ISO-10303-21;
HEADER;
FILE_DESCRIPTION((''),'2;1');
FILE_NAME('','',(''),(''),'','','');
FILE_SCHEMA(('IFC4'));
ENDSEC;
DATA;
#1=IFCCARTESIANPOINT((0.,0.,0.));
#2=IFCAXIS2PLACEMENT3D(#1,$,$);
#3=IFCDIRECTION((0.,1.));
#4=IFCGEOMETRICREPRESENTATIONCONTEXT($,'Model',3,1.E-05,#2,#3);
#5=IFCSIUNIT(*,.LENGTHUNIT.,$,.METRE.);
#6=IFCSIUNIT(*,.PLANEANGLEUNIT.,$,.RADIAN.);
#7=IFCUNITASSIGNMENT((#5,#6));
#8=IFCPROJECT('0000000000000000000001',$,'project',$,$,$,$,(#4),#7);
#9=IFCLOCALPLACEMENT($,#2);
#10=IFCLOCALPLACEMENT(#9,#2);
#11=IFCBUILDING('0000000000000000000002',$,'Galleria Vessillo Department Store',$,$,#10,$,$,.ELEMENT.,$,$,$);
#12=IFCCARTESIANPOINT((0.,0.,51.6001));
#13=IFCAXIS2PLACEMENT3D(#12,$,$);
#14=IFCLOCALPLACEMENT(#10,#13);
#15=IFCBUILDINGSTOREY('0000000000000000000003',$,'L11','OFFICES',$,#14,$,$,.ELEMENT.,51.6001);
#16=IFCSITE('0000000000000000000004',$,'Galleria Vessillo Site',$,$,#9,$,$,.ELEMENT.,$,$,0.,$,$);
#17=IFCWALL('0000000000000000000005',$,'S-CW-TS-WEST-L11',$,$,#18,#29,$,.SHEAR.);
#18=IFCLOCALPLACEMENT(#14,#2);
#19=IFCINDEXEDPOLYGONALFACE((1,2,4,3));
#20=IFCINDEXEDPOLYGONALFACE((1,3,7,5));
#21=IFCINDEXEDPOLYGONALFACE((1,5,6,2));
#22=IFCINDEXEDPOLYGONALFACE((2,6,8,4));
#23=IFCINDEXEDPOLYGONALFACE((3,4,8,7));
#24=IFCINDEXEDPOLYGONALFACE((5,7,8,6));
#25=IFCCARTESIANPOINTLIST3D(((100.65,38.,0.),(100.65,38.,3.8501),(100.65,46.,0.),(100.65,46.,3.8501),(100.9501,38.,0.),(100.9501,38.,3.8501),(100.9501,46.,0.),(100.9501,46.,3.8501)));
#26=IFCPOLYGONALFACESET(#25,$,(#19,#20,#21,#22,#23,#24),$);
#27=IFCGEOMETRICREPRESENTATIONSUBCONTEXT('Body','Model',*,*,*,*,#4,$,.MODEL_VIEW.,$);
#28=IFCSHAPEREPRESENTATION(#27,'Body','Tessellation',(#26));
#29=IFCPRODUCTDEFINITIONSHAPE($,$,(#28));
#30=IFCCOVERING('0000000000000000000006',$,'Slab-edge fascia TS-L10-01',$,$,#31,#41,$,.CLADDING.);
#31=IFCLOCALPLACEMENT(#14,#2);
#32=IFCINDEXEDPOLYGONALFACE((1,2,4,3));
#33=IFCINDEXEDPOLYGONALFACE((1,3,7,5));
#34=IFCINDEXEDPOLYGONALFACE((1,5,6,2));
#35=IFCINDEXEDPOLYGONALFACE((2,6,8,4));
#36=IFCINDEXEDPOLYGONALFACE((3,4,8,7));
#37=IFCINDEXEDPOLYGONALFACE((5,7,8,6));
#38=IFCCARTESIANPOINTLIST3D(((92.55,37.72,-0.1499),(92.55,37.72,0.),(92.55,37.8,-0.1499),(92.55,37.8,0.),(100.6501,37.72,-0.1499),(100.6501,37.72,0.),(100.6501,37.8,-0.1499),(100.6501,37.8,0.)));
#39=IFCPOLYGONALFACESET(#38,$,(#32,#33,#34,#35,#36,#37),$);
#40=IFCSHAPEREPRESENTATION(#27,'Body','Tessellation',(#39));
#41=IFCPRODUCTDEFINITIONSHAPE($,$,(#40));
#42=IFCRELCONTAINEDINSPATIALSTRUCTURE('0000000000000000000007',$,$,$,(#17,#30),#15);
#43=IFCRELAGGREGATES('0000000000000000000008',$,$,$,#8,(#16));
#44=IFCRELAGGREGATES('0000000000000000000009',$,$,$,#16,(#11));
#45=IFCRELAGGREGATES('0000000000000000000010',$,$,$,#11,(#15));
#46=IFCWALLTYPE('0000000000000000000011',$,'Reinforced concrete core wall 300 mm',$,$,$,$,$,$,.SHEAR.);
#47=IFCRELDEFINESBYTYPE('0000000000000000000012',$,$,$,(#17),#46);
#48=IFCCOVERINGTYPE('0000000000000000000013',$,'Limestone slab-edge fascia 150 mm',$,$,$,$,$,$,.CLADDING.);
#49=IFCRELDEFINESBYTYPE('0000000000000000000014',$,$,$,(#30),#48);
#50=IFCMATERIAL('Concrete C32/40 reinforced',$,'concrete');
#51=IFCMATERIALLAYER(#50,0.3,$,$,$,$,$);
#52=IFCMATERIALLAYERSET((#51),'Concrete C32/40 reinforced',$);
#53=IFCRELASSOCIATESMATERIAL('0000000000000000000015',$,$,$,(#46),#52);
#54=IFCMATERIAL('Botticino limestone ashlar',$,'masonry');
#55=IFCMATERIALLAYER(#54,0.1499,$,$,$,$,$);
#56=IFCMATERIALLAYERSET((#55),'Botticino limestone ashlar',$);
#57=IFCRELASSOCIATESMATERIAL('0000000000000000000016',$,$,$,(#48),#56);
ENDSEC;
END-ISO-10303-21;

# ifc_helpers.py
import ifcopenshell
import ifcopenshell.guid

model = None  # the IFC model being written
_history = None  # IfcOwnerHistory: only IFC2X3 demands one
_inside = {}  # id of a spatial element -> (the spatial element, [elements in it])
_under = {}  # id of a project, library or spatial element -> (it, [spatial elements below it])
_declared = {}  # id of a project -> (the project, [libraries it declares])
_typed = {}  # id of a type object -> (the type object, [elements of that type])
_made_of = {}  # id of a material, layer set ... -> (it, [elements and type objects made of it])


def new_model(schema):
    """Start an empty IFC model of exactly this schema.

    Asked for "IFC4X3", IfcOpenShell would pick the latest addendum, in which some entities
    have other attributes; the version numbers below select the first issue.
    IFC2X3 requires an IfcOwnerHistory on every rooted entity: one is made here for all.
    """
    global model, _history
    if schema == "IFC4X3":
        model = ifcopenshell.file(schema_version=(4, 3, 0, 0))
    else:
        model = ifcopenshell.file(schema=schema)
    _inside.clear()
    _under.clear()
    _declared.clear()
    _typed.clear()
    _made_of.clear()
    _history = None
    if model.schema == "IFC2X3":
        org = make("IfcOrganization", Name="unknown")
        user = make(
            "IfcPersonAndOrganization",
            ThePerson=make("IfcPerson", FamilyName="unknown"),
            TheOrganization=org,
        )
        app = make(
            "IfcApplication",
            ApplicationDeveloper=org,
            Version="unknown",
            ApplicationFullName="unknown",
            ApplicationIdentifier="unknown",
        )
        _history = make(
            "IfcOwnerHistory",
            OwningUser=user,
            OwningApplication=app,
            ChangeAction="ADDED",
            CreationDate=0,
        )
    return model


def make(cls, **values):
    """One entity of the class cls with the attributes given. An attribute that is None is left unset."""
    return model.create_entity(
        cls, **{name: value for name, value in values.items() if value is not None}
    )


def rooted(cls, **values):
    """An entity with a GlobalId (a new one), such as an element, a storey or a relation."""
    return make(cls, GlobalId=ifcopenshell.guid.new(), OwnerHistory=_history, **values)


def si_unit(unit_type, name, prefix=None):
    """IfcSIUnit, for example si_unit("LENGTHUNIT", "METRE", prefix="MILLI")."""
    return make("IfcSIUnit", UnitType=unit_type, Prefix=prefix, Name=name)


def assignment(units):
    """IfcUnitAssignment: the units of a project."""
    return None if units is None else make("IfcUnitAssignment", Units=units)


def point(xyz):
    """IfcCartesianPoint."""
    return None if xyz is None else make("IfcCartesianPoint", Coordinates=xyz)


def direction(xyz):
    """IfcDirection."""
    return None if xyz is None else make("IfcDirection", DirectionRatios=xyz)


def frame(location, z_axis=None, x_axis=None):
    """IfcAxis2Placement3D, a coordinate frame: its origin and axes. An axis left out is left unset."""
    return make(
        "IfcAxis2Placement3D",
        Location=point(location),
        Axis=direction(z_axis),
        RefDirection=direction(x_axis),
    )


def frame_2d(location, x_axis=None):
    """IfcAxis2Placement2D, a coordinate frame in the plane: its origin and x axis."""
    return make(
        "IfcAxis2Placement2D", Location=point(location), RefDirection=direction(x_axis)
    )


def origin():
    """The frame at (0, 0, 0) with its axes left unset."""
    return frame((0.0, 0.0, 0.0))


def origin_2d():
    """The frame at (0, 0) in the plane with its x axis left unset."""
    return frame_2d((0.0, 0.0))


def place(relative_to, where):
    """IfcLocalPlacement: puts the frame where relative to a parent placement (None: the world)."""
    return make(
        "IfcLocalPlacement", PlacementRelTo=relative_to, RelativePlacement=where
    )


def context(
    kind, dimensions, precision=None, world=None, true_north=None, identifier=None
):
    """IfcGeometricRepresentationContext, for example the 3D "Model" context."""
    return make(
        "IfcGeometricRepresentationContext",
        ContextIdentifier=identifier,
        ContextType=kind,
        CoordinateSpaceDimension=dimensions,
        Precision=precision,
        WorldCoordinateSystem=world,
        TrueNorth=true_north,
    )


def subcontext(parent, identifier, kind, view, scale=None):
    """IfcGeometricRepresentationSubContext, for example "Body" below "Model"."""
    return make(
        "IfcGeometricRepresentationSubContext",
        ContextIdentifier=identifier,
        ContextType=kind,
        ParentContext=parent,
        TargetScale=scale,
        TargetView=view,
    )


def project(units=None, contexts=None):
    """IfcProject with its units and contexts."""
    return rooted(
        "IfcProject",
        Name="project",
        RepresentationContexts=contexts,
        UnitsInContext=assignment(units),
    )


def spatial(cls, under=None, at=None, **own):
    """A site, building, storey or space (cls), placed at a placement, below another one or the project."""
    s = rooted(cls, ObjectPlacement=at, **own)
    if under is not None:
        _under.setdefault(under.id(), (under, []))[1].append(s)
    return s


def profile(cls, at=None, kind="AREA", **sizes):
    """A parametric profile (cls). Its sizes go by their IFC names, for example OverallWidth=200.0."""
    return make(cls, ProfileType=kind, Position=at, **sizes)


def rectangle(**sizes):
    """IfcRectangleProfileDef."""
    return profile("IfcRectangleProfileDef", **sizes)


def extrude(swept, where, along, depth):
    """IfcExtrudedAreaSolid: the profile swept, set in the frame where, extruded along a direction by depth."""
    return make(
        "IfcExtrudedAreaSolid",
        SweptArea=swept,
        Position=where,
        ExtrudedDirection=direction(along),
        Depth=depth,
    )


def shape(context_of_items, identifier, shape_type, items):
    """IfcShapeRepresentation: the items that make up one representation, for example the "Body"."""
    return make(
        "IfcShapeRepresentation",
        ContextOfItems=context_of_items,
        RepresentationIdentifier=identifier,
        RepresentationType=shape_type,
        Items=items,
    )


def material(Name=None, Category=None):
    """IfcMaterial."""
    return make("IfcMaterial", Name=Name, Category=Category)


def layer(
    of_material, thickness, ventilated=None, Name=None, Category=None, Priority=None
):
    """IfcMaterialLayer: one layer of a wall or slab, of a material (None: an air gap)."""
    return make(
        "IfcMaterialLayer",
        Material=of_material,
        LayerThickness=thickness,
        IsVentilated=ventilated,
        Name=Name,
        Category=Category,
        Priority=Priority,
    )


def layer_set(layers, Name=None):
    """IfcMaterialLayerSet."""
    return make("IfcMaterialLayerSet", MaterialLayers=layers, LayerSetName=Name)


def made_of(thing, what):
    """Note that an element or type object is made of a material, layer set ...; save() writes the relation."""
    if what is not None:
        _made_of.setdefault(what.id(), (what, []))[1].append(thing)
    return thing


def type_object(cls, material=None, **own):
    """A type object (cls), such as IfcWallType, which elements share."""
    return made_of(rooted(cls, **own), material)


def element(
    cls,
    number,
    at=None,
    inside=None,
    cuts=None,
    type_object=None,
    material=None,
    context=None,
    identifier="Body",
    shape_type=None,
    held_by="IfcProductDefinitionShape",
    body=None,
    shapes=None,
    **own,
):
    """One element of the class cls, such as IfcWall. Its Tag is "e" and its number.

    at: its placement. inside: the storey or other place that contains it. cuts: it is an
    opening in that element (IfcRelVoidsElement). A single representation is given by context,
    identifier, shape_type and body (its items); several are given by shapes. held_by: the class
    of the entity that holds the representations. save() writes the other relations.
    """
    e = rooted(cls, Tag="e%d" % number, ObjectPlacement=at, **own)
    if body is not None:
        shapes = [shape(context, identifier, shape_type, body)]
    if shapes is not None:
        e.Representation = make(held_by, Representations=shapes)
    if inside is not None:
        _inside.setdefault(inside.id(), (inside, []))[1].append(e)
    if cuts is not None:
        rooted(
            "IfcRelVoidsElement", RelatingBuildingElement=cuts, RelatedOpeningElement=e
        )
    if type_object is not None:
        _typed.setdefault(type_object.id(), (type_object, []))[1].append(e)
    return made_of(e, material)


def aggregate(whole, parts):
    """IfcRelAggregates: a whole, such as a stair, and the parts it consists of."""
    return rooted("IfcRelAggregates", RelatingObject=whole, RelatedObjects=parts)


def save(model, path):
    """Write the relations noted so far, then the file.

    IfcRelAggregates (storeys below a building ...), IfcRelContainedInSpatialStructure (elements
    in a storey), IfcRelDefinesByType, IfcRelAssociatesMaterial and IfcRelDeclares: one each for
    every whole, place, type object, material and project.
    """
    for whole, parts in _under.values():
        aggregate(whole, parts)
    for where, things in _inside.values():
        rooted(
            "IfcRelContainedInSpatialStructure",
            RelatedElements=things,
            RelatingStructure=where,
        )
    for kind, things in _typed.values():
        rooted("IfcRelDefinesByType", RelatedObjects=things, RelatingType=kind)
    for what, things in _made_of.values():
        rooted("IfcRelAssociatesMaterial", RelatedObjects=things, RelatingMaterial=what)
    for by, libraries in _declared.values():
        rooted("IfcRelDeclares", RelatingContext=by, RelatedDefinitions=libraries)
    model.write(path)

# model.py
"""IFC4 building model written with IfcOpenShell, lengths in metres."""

from ifc_helpers import new_model, si_unit, direction, frame, frame_2d, origin, origin_2d, place, context, subcontext, project, spatial, rectangle, extrude, material, layer, layer_set, type_object, element, save


model = new_model("IFC4")

# Units and contexts
model_context = context("Model", 3, precision=1e-05, world=origin(), true_north=direction((0.0, 1.0)))
body_context = subcontext(model_context, "Body", "Model", "MODEL_VIEW")
ifc_project = project(units=[si_unit("LENGTHUNIT", "METRE"), si_unit("PLANEANGLEUNIT", "RADIAN")], contexts=[model_context])

# Site, building, storey
site_placement = place(None, origin())
site = spatial("IfcSite", under=ifc_project, at=site_placement, Name="Galleria Vessillo Site", CompositionType="ELEMENT", RefElevation=0.0)
building_placement = place(site_placement, origin())
building = spatial("IfcBuilding", under=site, at=building_placement, Name="Galleria Vessillo Department Store", CompositionType="ELEMENT")
storey_placement = place(building_placement, frame((0.0, 0.0, 51.6001)))
storey = spatial("IfcBuildingStorey", under=building, at=storey_placement, Name="L11", Description="OFFICES", CompositionType="ELEMENT", Elevation=51.6001)

# Wall
ifc_material_1 = material(Name="Concrete C32/40 reinforced", Category="concrete")
ifc_layer_1 = layer(ifc_material_1, 0.3)
ifc_layer_set_1 = layer_set([ifc_layer_1], Name="Concrete C32/40 reinforced")
wall_type_1 = type_object("IfcWallType", Name="Reinforced concrete core wall 300 mm", PredefinedType="SHEAR", material=ifc_layer_set_1)
wall_1_placement = place(storey_placement, frame((100.8, 38.0, 0.0), z_axis=(0.0, 0.0, 1.0), x_axis=(0.0, 1.0, 0.0)))
element("IfcWall", 1, at=wall_1_placement, inside=storey, type_object=wall_type_1, Name="S-CW-TS-WEST-L11", PredefinedType="SHEAR", context=body_context, shape_type="SweptSolid", body=[
    extrude(rectangle(XDim=8.0, YDim=0.3, at=frame_2d((4.0, 0.0))), origin(), (0.0, 0.0, 1.0), 3.8501),
])

# Covering
ifc_material_2 = material(Name="Botticino limestone ashlar", Category="masonry")
ifc_layer_2 = layer(ifc_material_2, 0.1499)
ifc_layer_set_2 = layer_set([ifc_layer_2], Name="Botticino limestone ashlar")
covering_type = type_object("IfcCoveringType", Name="Limestone slab-edge fascia 150 mm", PredefinedType="CLADDING", material=ifc_layer_set_2)
covering_placement = place(storey_placement, frame((96.6001, 37.76, -0.1499), z_axis=(0.0, 0.0, 1.0), x_axis=(1.0, 0.0, 0.0)))
element("IfcCovering", 2, at=covering_placement, inside=storey, type_object=covering_type, Name="Slab-edge fascia TS-L10-01", PredefinedType="CLADDING", context=body_context, shape_type="SweptSolid", body=[
    extrude(rectangle(XDim=8.1001, YDim=0.0801, at=origin_2d()), origin(), (0.0, 0.0, 1.0), 0.1499),
])

save(model, "model.ifc")
